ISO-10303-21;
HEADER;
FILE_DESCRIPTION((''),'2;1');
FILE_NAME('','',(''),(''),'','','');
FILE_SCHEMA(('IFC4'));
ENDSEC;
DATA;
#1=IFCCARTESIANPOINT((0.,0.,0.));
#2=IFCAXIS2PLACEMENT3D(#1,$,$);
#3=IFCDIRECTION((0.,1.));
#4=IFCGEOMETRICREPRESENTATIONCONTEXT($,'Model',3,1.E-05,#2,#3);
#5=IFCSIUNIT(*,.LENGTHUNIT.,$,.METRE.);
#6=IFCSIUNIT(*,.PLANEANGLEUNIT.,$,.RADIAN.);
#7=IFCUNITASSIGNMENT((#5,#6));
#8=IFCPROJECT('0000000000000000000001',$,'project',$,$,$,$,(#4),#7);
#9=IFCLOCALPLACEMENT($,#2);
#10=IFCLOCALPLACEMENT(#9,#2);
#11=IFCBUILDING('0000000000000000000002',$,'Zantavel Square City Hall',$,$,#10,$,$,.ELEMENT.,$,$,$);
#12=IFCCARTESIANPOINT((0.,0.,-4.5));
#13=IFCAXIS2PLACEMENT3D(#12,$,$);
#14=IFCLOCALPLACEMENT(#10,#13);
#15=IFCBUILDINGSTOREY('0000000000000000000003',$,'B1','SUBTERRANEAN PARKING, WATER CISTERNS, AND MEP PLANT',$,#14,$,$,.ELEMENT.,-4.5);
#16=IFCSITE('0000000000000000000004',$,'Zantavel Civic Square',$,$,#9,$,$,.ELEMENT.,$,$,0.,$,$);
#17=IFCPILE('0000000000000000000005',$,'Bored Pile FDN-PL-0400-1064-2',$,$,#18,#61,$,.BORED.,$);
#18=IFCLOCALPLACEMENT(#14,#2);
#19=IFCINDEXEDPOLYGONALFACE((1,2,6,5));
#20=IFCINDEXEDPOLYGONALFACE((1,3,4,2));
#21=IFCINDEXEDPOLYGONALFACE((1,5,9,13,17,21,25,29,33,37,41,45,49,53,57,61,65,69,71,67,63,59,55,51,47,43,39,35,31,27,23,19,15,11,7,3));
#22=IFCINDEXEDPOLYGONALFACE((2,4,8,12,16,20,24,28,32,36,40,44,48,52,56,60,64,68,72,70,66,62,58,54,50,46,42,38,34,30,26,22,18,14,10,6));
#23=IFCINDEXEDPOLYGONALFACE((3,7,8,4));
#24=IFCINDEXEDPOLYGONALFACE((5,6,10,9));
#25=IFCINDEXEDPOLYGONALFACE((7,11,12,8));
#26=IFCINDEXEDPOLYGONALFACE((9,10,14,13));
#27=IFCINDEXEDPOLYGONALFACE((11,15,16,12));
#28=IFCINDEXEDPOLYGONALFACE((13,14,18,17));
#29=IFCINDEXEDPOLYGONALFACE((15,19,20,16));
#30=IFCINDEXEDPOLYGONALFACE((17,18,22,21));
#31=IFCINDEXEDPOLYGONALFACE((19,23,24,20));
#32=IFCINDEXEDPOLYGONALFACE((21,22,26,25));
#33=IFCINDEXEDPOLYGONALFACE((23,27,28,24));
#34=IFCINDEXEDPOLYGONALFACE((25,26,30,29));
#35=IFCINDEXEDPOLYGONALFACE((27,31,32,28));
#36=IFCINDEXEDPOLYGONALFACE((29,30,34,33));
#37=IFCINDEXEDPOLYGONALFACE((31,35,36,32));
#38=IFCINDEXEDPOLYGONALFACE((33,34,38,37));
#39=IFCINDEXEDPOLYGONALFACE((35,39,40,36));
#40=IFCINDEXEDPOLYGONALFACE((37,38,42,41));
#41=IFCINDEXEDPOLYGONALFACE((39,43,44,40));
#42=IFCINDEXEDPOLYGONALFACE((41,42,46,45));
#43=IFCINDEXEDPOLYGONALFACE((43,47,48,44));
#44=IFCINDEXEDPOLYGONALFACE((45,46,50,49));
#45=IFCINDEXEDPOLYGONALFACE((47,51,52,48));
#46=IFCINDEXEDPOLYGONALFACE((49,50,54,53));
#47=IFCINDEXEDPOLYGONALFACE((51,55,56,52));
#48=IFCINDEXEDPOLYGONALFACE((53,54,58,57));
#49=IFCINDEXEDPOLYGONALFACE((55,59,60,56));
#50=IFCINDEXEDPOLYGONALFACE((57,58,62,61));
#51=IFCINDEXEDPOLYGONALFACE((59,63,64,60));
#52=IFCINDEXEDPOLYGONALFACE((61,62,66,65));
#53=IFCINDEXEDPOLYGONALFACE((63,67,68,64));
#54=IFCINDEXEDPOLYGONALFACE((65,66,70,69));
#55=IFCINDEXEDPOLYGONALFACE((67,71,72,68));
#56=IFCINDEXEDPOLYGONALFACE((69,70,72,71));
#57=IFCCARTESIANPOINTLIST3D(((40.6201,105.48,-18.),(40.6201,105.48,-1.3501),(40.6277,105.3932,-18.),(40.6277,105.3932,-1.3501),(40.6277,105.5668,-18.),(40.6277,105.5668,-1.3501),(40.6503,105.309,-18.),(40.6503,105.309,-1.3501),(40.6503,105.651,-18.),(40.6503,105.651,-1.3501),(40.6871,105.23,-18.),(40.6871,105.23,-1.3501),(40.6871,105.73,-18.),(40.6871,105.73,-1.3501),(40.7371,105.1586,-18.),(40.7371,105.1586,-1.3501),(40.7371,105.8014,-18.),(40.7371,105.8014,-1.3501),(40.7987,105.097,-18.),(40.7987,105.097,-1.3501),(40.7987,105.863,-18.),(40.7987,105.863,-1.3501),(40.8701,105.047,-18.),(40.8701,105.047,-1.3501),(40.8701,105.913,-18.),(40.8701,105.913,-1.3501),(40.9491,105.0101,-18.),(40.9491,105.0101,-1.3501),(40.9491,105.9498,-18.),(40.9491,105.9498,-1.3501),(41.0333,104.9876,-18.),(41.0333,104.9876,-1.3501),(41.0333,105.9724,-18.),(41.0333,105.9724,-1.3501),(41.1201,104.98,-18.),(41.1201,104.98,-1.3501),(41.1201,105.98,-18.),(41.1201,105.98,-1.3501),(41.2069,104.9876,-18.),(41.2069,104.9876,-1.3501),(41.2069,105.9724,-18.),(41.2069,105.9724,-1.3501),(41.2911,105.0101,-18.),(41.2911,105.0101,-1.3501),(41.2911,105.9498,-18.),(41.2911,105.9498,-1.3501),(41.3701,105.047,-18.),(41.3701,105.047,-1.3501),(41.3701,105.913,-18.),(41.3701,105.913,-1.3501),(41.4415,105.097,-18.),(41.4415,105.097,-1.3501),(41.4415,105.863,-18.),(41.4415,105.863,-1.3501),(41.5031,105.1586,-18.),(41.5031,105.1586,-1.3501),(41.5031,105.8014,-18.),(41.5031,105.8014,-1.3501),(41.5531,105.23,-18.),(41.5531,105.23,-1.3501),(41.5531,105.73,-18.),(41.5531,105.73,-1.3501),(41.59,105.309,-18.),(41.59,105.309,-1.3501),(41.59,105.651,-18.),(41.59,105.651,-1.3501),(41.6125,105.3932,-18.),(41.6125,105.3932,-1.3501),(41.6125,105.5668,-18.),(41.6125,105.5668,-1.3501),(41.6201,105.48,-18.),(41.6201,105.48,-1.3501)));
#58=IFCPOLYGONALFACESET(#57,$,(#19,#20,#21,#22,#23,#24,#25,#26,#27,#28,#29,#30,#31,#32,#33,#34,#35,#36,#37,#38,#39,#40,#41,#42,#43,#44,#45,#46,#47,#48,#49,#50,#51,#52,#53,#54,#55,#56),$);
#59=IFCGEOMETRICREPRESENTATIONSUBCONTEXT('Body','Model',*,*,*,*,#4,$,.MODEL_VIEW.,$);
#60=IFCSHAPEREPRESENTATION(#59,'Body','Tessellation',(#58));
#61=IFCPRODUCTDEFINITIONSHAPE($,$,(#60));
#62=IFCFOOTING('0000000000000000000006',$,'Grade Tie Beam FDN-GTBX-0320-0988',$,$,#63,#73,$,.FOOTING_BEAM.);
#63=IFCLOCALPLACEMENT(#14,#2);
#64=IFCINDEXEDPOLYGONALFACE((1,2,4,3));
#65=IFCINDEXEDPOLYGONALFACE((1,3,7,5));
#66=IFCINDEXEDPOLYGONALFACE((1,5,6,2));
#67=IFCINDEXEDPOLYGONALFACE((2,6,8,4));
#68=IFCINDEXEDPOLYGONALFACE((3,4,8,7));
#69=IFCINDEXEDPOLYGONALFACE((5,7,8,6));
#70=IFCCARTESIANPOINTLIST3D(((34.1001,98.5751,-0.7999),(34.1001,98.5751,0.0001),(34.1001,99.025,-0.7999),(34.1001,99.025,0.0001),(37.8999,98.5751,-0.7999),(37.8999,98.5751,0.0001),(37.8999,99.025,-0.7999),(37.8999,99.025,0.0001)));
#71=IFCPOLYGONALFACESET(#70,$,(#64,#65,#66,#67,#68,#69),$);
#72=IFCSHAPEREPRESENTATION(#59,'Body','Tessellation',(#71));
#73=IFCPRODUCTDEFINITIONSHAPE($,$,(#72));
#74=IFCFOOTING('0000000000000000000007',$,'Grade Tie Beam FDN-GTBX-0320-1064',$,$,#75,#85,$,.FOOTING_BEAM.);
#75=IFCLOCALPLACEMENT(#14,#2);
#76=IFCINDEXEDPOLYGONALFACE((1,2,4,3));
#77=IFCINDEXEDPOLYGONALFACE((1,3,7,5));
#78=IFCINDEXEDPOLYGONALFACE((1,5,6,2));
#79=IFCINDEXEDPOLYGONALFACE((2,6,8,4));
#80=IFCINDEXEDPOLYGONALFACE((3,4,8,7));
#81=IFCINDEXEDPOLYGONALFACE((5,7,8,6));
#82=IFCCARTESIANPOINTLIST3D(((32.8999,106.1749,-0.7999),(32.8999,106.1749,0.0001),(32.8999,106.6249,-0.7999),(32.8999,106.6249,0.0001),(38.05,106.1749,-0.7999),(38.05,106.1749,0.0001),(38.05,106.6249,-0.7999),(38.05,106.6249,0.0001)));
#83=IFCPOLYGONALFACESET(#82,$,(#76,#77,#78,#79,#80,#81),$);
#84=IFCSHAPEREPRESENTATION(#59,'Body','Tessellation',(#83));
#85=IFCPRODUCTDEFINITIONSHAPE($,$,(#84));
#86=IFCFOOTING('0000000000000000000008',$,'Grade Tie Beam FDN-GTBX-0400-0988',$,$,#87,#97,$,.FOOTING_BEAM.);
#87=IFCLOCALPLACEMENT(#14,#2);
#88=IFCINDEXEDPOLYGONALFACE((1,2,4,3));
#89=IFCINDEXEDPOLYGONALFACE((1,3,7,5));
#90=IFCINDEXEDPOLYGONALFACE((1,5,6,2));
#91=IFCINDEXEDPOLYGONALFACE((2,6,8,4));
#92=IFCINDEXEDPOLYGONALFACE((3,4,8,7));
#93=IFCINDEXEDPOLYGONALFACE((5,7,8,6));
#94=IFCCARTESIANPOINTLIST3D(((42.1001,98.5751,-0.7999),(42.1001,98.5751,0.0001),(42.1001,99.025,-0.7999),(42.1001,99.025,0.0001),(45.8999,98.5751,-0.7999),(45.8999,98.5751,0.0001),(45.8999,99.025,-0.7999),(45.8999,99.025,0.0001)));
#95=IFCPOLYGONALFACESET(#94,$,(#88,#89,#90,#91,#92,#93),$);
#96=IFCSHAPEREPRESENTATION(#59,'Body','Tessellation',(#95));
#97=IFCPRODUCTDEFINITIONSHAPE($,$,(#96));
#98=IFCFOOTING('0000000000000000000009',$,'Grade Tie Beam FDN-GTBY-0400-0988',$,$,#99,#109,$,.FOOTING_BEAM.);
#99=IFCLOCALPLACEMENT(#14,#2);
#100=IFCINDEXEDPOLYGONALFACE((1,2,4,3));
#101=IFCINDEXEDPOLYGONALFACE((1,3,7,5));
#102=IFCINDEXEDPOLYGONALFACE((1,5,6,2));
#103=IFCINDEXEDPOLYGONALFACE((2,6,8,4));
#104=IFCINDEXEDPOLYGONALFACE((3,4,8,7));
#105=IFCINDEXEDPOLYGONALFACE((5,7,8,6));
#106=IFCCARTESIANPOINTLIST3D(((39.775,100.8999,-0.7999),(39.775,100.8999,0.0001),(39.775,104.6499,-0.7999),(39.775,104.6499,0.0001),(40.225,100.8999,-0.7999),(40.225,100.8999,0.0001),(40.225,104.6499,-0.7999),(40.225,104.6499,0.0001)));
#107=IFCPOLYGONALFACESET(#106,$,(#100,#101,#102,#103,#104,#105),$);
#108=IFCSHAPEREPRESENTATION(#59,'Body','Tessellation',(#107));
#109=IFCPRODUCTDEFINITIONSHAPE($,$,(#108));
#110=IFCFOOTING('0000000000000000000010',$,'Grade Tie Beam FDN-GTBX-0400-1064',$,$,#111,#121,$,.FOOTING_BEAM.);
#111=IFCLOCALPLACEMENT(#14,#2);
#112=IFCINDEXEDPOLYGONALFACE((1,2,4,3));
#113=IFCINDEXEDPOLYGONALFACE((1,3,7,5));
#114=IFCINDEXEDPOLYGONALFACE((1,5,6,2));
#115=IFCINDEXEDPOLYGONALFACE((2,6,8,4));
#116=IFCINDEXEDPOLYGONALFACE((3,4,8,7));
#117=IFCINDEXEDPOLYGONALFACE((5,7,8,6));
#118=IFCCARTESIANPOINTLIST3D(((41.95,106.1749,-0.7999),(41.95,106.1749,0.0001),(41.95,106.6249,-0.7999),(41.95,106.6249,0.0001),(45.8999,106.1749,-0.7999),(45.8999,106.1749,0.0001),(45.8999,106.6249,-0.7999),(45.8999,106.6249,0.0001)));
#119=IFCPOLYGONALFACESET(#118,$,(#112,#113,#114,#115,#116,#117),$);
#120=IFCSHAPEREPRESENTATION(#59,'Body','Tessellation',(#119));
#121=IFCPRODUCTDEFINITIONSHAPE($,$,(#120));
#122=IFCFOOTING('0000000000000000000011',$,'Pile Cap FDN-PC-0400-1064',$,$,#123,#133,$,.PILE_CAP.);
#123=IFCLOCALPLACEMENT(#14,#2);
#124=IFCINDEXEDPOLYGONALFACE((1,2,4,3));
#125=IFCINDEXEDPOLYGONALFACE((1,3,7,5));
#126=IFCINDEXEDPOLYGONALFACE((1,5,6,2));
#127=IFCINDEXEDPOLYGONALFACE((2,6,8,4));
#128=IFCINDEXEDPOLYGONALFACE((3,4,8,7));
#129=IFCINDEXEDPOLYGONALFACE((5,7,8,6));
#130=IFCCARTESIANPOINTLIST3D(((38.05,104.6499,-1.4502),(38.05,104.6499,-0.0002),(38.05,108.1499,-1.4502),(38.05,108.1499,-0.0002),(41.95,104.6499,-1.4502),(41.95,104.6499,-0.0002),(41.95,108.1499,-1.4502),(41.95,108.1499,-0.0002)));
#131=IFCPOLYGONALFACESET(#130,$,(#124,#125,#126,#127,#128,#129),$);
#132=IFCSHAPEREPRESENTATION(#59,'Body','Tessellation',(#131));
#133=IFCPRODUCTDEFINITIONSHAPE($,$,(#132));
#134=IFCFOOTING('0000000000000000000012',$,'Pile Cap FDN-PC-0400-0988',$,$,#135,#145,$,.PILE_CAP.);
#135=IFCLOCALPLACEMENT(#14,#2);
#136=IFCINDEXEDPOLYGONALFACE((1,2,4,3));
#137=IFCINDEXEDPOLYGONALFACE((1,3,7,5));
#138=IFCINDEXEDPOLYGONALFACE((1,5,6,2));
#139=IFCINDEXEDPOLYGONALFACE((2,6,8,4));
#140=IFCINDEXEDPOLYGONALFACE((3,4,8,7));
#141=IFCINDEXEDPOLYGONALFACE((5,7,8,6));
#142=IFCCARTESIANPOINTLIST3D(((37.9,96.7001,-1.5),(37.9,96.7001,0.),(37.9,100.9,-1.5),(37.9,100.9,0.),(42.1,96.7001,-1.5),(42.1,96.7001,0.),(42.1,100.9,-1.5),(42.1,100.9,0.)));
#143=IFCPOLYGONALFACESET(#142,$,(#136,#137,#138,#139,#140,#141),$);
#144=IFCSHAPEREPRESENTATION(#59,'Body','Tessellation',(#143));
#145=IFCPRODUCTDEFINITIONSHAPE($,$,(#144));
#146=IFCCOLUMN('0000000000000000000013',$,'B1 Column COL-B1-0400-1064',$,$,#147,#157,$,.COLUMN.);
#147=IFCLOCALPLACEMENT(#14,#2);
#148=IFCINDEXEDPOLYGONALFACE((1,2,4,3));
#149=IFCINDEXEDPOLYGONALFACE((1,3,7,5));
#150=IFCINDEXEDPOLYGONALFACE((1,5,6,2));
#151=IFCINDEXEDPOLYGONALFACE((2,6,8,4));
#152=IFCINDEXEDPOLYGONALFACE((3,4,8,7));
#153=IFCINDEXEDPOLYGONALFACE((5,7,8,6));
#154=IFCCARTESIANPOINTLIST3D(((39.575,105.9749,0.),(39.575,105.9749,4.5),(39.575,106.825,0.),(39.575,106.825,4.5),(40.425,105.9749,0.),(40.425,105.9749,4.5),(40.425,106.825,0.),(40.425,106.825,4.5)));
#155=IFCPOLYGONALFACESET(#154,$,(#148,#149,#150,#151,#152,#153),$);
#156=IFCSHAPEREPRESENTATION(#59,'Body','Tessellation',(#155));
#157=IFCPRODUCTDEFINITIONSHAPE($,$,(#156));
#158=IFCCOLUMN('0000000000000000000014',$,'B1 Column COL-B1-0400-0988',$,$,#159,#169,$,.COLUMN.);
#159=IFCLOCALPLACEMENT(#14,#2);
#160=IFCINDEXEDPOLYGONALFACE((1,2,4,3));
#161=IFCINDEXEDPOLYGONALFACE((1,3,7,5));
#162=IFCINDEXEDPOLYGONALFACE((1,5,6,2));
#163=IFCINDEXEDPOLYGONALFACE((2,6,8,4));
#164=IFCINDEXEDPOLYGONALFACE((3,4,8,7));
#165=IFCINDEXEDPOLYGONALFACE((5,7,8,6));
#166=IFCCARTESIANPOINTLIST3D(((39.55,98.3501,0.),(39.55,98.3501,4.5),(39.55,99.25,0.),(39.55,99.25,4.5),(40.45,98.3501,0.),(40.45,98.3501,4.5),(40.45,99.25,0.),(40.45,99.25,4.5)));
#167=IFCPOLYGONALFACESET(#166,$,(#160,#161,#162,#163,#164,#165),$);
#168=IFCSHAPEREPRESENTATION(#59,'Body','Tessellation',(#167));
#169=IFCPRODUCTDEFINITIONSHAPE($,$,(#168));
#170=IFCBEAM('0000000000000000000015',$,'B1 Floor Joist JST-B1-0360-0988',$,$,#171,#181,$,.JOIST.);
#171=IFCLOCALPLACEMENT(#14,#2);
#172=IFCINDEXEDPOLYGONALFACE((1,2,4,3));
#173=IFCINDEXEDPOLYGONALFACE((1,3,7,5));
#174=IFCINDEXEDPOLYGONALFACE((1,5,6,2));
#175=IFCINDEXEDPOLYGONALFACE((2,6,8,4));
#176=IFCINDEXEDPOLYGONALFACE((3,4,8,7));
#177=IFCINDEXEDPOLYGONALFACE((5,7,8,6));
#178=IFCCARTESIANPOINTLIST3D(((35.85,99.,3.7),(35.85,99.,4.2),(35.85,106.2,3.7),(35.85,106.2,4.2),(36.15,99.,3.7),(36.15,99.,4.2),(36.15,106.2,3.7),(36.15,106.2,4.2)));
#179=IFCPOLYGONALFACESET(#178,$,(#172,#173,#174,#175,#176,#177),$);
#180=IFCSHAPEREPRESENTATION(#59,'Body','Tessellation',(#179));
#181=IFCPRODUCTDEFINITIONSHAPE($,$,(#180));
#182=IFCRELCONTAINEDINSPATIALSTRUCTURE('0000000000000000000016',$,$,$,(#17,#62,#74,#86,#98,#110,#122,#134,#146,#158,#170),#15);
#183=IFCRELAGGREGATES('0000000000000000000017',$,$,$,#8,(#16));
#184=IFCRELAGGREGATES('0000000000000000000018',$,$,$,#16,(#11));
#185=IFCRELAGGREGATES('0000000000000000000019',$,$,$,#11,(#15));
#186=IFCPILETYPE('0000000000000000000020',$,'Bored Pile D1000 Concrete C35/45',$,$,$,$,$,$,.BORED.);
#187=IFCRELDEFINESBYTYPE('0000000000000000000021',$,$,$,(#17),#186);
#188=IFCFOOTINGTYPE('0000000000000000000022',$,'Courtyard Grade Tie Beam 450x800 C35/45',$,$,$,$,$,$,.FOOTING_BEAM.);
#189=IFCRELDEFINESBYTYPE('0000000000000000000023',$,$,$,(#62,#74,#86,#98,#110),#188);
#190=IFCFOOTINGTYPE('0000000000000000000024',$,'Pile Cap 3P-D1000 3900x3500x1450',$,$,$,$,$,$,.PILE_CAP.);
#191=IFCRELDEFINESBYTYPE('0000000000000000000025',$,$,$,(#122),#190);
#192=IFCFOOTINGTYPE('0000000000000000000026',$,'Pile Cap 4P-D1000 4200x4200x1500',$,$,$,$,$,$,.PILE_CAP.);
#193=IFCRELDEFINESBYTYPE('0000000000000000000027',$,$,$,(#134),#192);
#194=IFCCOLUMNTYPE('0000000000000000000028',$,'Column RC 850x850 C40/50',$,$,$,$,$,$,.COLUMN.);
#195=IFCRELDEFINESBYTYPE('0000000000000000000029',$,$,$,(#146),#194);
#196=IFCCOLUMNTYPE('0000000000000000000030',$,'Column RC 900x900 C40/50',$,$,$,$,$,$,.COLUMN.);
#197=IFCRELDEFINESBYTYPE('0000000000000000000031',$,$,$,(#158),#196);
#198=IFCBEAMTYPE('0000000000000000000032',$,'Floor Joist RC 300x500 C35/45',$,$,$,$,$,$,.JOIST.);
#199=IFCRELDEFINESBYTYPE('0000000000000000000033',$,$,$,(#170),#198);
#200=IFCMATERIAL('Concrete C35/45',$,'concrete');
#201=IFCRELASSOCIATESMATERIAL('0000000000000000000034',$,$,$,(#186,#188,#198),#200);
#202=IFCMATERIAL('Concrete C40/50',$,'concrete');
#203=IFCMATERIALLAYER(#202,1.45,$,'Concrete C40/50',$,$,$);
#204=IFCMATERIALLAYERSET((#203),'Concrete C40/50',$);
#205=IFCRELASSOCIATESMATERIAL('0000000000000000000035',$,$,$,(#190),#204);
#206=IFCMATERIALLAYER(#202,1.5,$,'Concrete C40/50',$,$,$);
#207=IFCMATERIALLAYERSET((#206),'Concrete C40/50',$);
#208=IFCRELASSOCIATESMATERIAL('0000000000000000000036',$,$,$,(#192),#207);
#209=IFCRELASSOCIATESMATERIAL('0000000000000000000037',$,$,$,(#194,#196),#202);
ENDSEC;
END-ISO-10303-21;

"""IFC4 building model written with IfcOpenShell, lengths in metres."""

from ifc_helpers import new_model, si_unit, direction, frame, origin, origin_2d, place, context, subcontext, project, spatial, rectangle, circle, extrude, material, layer, layer_set, material_profile, profile_set, type_object, element, save


model = new_model("IFC4")

# Units and contexts
model_context = context("Model", 3, precision=1e-05, world=origin(), true_north=direction((0.0, 1.0)))
body_context = subcontext(model_context, "Body", "Model", "MODEL_VIEW")
ifc_project = project(units=[si_unit("LENGTHUNIT", "METRE"), si_unit("PLANEANGLEUNIT", "RADIAN")], contexts=[model_context])

# Site, building, storey
site_placement = place(None, origin())
site = spatial("IfcSite", under=ifc_project, at=site_placement, Name="Zantavel Civic Square", CompositionType="ELEMENT", RefElevation=0.0)
building_placement = place(site_placement, origin())
building = spatial("IfcBuilding", under=site, at=building_placement, Name="Zantavel Square City Hall", CompositionType="ELEMENT")
storey_placement = place(building_placement, frame((0.0, 0.0, -4.5)))
storey = spatial("IfcBuildingStorey", under=building, at=storey_placement, Name="B1", Description="SUBTERRANEAN PARKING, WATER CISTERNS, AND MEP PLANT", CompositionType="ELEMENT", Elevation=-4.5)

# Pile
ifc_material_1 = material(Name="Concrete C35/45", Category="concrete")
ifc_material_profile_1 = material_profile(ifc_material_1, circle(Radius=0.5, at=origin_2d()), Name="PILE D1000")
ifc_profile_set_1 = profile_set([ifc_material_profile_1], Name="Concrete C35/45")
pile_type = type_object("IfcPileType", Name="Bored Pile D1000 Concrete C35/45", PredefinedType="BORED", material=ifc_profile_set_1)
for number, where, z_axis, x_axis, name in (
    (1, (41.1201, 105.48, -1.3501), (0.0, 0.0, -1.0), (1.0, 0.0, 0.0), "Bored Pile FDN-PL-0400-1064-2"),
):
    element("IfcPile", number, at=place(storey_placement, frame(where, z_axis=z_axis, x_axis=x_axis)), inside=storey, type_object=pile_type, Name=name, PredefinedType="BORED", context=body_context, shape_type="SweptSolid", body=[
        extrude(circle(Radius=0.5, at=origin_2d()), origin(), (0.0, 0.0, 1.0), 16.6499),
    ])

# Footings
ifc_material_profile_2 = material_profile(ifc_material_1, rectangle(XDim=0.45, YDim=0.8, at=origin_2d()), Name="RC 450x800")
ifc_profile_set_2 = profile_set([ifc_material_profile_2], Name="Concrete C35/45")
footing_type_1 = type_object("IfcFootingType", Name="Courtyard Grade Tie Beam 450x800 C35/45", PredefinedType="FOOTING_BEAM", material=ifc_profile_set_2)
footing_1_placement = place(storey_placement, frame((34.1001, 98.8, -0.3999), z_axis=(1.0, 0.0, 0.0), x_axis=(0.0, 1.0, 0.0)))
element("IfcFooting", 2, at=footing_1_placement, inside=storey, type_object=footing_type_1, Name="Grade Tie Beam FDN-GTBX-0320-0988", PredefinedType="FOOTING_BEAM", context=body_context, shape_type="SweptSolid", body=[
    extrude(rectangle(XDim=0.45, YDim=0.8, at=origin_2d()), origin(), (0.0, 0.0, 1.0), 3.7998),
])
footing_2_placement = place(storey_placement, frame((32.8999, 106.3999, -0.3999), z_axis=(1.0, 0.0, 0.0), x_axis=(0.0, 1.0, 0.0)))
element("IfcFooting", 3, at=footing_2_placement, inside=storey, type_object=footing_type_1, Name="Grade Tie Beam FDN-GTBX-0320-1064", PredefinedType="FOOTING_BEAM", context=body_context, shape_type="SweptSolid", body=[
    extrude(rectangle(XDim=0.45, YDim=0.8, at=origin_2d()), origin(), (0.0, 0.0, 1.0), 5.1501),
])
footing_3_placement = place(storey_placement, frame((42.1001, 98.8, -0.3999), z_axis=(1.0, 0.0, 0.0), x_axis=(0.0, 1.0, 0.0)))
element("IfcFooting", 4, at=footing_3_placement, inside=storey, type_object=footing_type_1, Name="Grade Tie Beam FDN-GTBX-0400-0988", PredefinedType="FOOTING_BEAM", context=body_context, shape_type="SweptSolid", body=[
    extrude(rectangle(XDim=0.45, YDim=0.8, at=origin_2d()), origin(), (0.0, 0.0, 1.0), 3.7998),
])
footing_4_placement = place(storey_placement, frame((40.0, 100.8999, -0.3999), z_axis=(0.0, 1.0, 0.0), x_axis=(-1.0, 0.0, 0.0)))
element("IfcFooting", 5, at=footing_4_placement, inside=storey, type_object=footing_type_1, Name="Grade Tie Beam FDN-GTBY-0400-0988", PredefinedType="FOOTING_BEAM", context=body_context, shape_type="SweptSolid", body=[
    extrude(rectangle(XDim=0.45, YDim=0.8, at=origin_2d()), origin(), (0.0, 0.0, 1.0), 3.75),
])
footing_5_placement = place(storey_placement, frame((41.95, 106.3999, -0.3999), z_axis=(1.0, 0.0, 0.0), x_axis=(0.0, 1.0, 0.0)))
element("IfcFooting", 6, at=footing_5_placement, inside=storey, type_object=footing_type_1, Name="Grade Tie Beam FDN-GTBX-0400-1064", PredefinedType="FOOTING_BEAM", context=body_context, shape_type="SweptSolid", body=[
    extrude(rectangle(XDim=0.45, YDim=0.8, at=origin_2d()), origin(), (0.0, 0.0, 1.0), 3.95),
])
ifc_material_2 = material(Name="Concrete C40/50", Category="concrete")
ifc_layer_1 = layer(ifc_material_2, 1.45, Name="Concrete C40/50")
ifc_layer_set_1 = layer_set([ifc_layer_1], Name="Concrete C40/50")
footing_type_2 = type_object("IfcFootingType", Name="Pile Cap 3P-D1000 3900x3500x1450", PredefinedType="PILE_CAP", material=ifc_layer_set_1)
footing_6_placement = place(storey_placement, frame((40.0, 106.3999, -1.4502), z_axis=(0.0, 0.0, 1.0), x_axis=(1.0, 0.0, 0.0)))
element("IfcFooting", 7, at=footing_6_placement, inside=storey, type_object=footing_type_2, Name="Pile Cap FDN-PC-0400-1064", PredefinedType="PILE_CAP", context=body_context, shape_type="SweptSolid", body=[
    extrude(rectangle(XDim=3.8999, YDim=3.5, at=origin_2d()), origin(), (0.0, 0.0, 1.0), 1.45),
])
ifc_layer_2 = layer(ifc_material_2, 1.5, Name="Concrete C40/50")
ifc_layer_set_2 = layer_set([ifc_layer_2], Name="Concrete C40/50")
footing_type_3 = type_object("IfcFootingType", Name="Pile Cap 4P-D1000 4200x4200x1500", PredefinedType="PILE_CAP", material=ifc_layer_set_2)
footing_7_placement = place(storey_placement, frame((40.0, 98.8, -1.5), z_axis=(0.0, 0.0, 1.0), x_axis=(1.0, 0.0, 0.0)))
element("IfcFooting", 8, at=footing_7_placement, inside=storey, type_object=footing_type_3, Name="Pile Cap FDN-PC-0400-0988", PredefinedType="PILE_CAP", context=body_context, shape_type="SweptSolid", body=[
    extrude(rectangle(XDim=4.2, YDim=4.2, at=origin_2d()), origin(), (0.0, 0.0, 1.0), 1.5),
])

# Columns
ifc_material_profile_3 = material_profile(ifc_material_2, rectangle(XDim=0.8501, YDim=0.8501, at=origin_2d()), Name="RC 850x850")
ifc_profile_set_3 = profile_set([ifc_material_profile_3], Name="Concrete C40/50")
column_type_1 = type_object("IfcColumnType", Name="Column RC 850x850 C40/50", PredefinedType="COLUMN", material=ifc_profile_set_3)
column_1_placement = place(storey_placement, frame((40.0, 106.3999, 0.0), z_axis=(0.0, 0.0, 1.0), x_axis=(1.0, 0.0, 0.0)))
element("IfcColumn", 9, at=column_1_placement, inside=storey, type_object=column_type_1, Name="B1 Column COL-B1-0400-1064", PredefinedType="COLUMN", context=body_context, shape_type="SweptSolid", body=[
    extrude(rectangle(XDim=0.8501, YDim=0.8501, at=origin_2d()), origin(), (0.0, 0.0, 1.0), 4.5),
])
ifc_material_profile_4 = material_profile(ifc_material_2, rectangle(XDim=0.8999, YDim=0.8999, at=origin_2d()), Name="RC 900x900")
ifc_profile_set_4 = profile_set([ifc_material_profile_4], Name="Concrete C40/50")
column_type_2 = type_object("IfcColumnType", Name="Column RC 900x900 C40/50", PredefinedType="COLUMN", material=ifc_profile_set_4)
column_2_placement = place(storey_placement, frame((40.0, 98.8, 0.0), z_axis=(0.0, 0.0, 1.0), x_axis=(1.0, 0.0, 0.0)))
element("IfcColumn", 10, at=column_2_placement, inside=storey, type_object=column_type_2, Name="B1 Column COL-B1-0400-0988", PredefinedType="COLUMN", context=body_context, shape_type="SweptSolid", body=[
    extrude(rectangle(XDim=0.8999, YDim=0.8999, at=origin_2d()), origin(), (0.0, 0.0, 1.0), 4.5),
])

# Beam
ifc_material_profile_5 = material_profile(ifc_material_1, rectangle(XDim=0.3, YDim=0.5, at=origin_2d()), Name="RC 300x500")
ifc_profile_set_5 = profile_set([ifc_material_profile_5], Name="Concrete C35/45")
beam_type_1 = type_object("IfcBeamType", Name="Floor Joist RC 300x500 C35/45", PredefinedType="JOIST", material=ifc_profile_set_5)
for number, where, z_axis, x_axis, name in (
    (11, (36.0, 99.0, 3.95), (0.0, 1.0, 0.0), (-1.0, 0.0, 0.0), "B1 Floor Joist JST-B1-0360-0988"),
):
    element("IfcBeam", number, at=place(storey_placement, frame(where, z_axis=z_axis, x_axis=x_axis)), inside=storey, type_object=beam_type_1, Name=name, PredefinedType="JOIST", context=body_context, shape_type="SweptSolid", body=[
        extrude(rectangle(XDim=0.3, YDim=0.5, at=origin_2d()), origin(), (0.0, 0.0, 1.0), 7.2),
    ])

save(model, "model.ifc")
